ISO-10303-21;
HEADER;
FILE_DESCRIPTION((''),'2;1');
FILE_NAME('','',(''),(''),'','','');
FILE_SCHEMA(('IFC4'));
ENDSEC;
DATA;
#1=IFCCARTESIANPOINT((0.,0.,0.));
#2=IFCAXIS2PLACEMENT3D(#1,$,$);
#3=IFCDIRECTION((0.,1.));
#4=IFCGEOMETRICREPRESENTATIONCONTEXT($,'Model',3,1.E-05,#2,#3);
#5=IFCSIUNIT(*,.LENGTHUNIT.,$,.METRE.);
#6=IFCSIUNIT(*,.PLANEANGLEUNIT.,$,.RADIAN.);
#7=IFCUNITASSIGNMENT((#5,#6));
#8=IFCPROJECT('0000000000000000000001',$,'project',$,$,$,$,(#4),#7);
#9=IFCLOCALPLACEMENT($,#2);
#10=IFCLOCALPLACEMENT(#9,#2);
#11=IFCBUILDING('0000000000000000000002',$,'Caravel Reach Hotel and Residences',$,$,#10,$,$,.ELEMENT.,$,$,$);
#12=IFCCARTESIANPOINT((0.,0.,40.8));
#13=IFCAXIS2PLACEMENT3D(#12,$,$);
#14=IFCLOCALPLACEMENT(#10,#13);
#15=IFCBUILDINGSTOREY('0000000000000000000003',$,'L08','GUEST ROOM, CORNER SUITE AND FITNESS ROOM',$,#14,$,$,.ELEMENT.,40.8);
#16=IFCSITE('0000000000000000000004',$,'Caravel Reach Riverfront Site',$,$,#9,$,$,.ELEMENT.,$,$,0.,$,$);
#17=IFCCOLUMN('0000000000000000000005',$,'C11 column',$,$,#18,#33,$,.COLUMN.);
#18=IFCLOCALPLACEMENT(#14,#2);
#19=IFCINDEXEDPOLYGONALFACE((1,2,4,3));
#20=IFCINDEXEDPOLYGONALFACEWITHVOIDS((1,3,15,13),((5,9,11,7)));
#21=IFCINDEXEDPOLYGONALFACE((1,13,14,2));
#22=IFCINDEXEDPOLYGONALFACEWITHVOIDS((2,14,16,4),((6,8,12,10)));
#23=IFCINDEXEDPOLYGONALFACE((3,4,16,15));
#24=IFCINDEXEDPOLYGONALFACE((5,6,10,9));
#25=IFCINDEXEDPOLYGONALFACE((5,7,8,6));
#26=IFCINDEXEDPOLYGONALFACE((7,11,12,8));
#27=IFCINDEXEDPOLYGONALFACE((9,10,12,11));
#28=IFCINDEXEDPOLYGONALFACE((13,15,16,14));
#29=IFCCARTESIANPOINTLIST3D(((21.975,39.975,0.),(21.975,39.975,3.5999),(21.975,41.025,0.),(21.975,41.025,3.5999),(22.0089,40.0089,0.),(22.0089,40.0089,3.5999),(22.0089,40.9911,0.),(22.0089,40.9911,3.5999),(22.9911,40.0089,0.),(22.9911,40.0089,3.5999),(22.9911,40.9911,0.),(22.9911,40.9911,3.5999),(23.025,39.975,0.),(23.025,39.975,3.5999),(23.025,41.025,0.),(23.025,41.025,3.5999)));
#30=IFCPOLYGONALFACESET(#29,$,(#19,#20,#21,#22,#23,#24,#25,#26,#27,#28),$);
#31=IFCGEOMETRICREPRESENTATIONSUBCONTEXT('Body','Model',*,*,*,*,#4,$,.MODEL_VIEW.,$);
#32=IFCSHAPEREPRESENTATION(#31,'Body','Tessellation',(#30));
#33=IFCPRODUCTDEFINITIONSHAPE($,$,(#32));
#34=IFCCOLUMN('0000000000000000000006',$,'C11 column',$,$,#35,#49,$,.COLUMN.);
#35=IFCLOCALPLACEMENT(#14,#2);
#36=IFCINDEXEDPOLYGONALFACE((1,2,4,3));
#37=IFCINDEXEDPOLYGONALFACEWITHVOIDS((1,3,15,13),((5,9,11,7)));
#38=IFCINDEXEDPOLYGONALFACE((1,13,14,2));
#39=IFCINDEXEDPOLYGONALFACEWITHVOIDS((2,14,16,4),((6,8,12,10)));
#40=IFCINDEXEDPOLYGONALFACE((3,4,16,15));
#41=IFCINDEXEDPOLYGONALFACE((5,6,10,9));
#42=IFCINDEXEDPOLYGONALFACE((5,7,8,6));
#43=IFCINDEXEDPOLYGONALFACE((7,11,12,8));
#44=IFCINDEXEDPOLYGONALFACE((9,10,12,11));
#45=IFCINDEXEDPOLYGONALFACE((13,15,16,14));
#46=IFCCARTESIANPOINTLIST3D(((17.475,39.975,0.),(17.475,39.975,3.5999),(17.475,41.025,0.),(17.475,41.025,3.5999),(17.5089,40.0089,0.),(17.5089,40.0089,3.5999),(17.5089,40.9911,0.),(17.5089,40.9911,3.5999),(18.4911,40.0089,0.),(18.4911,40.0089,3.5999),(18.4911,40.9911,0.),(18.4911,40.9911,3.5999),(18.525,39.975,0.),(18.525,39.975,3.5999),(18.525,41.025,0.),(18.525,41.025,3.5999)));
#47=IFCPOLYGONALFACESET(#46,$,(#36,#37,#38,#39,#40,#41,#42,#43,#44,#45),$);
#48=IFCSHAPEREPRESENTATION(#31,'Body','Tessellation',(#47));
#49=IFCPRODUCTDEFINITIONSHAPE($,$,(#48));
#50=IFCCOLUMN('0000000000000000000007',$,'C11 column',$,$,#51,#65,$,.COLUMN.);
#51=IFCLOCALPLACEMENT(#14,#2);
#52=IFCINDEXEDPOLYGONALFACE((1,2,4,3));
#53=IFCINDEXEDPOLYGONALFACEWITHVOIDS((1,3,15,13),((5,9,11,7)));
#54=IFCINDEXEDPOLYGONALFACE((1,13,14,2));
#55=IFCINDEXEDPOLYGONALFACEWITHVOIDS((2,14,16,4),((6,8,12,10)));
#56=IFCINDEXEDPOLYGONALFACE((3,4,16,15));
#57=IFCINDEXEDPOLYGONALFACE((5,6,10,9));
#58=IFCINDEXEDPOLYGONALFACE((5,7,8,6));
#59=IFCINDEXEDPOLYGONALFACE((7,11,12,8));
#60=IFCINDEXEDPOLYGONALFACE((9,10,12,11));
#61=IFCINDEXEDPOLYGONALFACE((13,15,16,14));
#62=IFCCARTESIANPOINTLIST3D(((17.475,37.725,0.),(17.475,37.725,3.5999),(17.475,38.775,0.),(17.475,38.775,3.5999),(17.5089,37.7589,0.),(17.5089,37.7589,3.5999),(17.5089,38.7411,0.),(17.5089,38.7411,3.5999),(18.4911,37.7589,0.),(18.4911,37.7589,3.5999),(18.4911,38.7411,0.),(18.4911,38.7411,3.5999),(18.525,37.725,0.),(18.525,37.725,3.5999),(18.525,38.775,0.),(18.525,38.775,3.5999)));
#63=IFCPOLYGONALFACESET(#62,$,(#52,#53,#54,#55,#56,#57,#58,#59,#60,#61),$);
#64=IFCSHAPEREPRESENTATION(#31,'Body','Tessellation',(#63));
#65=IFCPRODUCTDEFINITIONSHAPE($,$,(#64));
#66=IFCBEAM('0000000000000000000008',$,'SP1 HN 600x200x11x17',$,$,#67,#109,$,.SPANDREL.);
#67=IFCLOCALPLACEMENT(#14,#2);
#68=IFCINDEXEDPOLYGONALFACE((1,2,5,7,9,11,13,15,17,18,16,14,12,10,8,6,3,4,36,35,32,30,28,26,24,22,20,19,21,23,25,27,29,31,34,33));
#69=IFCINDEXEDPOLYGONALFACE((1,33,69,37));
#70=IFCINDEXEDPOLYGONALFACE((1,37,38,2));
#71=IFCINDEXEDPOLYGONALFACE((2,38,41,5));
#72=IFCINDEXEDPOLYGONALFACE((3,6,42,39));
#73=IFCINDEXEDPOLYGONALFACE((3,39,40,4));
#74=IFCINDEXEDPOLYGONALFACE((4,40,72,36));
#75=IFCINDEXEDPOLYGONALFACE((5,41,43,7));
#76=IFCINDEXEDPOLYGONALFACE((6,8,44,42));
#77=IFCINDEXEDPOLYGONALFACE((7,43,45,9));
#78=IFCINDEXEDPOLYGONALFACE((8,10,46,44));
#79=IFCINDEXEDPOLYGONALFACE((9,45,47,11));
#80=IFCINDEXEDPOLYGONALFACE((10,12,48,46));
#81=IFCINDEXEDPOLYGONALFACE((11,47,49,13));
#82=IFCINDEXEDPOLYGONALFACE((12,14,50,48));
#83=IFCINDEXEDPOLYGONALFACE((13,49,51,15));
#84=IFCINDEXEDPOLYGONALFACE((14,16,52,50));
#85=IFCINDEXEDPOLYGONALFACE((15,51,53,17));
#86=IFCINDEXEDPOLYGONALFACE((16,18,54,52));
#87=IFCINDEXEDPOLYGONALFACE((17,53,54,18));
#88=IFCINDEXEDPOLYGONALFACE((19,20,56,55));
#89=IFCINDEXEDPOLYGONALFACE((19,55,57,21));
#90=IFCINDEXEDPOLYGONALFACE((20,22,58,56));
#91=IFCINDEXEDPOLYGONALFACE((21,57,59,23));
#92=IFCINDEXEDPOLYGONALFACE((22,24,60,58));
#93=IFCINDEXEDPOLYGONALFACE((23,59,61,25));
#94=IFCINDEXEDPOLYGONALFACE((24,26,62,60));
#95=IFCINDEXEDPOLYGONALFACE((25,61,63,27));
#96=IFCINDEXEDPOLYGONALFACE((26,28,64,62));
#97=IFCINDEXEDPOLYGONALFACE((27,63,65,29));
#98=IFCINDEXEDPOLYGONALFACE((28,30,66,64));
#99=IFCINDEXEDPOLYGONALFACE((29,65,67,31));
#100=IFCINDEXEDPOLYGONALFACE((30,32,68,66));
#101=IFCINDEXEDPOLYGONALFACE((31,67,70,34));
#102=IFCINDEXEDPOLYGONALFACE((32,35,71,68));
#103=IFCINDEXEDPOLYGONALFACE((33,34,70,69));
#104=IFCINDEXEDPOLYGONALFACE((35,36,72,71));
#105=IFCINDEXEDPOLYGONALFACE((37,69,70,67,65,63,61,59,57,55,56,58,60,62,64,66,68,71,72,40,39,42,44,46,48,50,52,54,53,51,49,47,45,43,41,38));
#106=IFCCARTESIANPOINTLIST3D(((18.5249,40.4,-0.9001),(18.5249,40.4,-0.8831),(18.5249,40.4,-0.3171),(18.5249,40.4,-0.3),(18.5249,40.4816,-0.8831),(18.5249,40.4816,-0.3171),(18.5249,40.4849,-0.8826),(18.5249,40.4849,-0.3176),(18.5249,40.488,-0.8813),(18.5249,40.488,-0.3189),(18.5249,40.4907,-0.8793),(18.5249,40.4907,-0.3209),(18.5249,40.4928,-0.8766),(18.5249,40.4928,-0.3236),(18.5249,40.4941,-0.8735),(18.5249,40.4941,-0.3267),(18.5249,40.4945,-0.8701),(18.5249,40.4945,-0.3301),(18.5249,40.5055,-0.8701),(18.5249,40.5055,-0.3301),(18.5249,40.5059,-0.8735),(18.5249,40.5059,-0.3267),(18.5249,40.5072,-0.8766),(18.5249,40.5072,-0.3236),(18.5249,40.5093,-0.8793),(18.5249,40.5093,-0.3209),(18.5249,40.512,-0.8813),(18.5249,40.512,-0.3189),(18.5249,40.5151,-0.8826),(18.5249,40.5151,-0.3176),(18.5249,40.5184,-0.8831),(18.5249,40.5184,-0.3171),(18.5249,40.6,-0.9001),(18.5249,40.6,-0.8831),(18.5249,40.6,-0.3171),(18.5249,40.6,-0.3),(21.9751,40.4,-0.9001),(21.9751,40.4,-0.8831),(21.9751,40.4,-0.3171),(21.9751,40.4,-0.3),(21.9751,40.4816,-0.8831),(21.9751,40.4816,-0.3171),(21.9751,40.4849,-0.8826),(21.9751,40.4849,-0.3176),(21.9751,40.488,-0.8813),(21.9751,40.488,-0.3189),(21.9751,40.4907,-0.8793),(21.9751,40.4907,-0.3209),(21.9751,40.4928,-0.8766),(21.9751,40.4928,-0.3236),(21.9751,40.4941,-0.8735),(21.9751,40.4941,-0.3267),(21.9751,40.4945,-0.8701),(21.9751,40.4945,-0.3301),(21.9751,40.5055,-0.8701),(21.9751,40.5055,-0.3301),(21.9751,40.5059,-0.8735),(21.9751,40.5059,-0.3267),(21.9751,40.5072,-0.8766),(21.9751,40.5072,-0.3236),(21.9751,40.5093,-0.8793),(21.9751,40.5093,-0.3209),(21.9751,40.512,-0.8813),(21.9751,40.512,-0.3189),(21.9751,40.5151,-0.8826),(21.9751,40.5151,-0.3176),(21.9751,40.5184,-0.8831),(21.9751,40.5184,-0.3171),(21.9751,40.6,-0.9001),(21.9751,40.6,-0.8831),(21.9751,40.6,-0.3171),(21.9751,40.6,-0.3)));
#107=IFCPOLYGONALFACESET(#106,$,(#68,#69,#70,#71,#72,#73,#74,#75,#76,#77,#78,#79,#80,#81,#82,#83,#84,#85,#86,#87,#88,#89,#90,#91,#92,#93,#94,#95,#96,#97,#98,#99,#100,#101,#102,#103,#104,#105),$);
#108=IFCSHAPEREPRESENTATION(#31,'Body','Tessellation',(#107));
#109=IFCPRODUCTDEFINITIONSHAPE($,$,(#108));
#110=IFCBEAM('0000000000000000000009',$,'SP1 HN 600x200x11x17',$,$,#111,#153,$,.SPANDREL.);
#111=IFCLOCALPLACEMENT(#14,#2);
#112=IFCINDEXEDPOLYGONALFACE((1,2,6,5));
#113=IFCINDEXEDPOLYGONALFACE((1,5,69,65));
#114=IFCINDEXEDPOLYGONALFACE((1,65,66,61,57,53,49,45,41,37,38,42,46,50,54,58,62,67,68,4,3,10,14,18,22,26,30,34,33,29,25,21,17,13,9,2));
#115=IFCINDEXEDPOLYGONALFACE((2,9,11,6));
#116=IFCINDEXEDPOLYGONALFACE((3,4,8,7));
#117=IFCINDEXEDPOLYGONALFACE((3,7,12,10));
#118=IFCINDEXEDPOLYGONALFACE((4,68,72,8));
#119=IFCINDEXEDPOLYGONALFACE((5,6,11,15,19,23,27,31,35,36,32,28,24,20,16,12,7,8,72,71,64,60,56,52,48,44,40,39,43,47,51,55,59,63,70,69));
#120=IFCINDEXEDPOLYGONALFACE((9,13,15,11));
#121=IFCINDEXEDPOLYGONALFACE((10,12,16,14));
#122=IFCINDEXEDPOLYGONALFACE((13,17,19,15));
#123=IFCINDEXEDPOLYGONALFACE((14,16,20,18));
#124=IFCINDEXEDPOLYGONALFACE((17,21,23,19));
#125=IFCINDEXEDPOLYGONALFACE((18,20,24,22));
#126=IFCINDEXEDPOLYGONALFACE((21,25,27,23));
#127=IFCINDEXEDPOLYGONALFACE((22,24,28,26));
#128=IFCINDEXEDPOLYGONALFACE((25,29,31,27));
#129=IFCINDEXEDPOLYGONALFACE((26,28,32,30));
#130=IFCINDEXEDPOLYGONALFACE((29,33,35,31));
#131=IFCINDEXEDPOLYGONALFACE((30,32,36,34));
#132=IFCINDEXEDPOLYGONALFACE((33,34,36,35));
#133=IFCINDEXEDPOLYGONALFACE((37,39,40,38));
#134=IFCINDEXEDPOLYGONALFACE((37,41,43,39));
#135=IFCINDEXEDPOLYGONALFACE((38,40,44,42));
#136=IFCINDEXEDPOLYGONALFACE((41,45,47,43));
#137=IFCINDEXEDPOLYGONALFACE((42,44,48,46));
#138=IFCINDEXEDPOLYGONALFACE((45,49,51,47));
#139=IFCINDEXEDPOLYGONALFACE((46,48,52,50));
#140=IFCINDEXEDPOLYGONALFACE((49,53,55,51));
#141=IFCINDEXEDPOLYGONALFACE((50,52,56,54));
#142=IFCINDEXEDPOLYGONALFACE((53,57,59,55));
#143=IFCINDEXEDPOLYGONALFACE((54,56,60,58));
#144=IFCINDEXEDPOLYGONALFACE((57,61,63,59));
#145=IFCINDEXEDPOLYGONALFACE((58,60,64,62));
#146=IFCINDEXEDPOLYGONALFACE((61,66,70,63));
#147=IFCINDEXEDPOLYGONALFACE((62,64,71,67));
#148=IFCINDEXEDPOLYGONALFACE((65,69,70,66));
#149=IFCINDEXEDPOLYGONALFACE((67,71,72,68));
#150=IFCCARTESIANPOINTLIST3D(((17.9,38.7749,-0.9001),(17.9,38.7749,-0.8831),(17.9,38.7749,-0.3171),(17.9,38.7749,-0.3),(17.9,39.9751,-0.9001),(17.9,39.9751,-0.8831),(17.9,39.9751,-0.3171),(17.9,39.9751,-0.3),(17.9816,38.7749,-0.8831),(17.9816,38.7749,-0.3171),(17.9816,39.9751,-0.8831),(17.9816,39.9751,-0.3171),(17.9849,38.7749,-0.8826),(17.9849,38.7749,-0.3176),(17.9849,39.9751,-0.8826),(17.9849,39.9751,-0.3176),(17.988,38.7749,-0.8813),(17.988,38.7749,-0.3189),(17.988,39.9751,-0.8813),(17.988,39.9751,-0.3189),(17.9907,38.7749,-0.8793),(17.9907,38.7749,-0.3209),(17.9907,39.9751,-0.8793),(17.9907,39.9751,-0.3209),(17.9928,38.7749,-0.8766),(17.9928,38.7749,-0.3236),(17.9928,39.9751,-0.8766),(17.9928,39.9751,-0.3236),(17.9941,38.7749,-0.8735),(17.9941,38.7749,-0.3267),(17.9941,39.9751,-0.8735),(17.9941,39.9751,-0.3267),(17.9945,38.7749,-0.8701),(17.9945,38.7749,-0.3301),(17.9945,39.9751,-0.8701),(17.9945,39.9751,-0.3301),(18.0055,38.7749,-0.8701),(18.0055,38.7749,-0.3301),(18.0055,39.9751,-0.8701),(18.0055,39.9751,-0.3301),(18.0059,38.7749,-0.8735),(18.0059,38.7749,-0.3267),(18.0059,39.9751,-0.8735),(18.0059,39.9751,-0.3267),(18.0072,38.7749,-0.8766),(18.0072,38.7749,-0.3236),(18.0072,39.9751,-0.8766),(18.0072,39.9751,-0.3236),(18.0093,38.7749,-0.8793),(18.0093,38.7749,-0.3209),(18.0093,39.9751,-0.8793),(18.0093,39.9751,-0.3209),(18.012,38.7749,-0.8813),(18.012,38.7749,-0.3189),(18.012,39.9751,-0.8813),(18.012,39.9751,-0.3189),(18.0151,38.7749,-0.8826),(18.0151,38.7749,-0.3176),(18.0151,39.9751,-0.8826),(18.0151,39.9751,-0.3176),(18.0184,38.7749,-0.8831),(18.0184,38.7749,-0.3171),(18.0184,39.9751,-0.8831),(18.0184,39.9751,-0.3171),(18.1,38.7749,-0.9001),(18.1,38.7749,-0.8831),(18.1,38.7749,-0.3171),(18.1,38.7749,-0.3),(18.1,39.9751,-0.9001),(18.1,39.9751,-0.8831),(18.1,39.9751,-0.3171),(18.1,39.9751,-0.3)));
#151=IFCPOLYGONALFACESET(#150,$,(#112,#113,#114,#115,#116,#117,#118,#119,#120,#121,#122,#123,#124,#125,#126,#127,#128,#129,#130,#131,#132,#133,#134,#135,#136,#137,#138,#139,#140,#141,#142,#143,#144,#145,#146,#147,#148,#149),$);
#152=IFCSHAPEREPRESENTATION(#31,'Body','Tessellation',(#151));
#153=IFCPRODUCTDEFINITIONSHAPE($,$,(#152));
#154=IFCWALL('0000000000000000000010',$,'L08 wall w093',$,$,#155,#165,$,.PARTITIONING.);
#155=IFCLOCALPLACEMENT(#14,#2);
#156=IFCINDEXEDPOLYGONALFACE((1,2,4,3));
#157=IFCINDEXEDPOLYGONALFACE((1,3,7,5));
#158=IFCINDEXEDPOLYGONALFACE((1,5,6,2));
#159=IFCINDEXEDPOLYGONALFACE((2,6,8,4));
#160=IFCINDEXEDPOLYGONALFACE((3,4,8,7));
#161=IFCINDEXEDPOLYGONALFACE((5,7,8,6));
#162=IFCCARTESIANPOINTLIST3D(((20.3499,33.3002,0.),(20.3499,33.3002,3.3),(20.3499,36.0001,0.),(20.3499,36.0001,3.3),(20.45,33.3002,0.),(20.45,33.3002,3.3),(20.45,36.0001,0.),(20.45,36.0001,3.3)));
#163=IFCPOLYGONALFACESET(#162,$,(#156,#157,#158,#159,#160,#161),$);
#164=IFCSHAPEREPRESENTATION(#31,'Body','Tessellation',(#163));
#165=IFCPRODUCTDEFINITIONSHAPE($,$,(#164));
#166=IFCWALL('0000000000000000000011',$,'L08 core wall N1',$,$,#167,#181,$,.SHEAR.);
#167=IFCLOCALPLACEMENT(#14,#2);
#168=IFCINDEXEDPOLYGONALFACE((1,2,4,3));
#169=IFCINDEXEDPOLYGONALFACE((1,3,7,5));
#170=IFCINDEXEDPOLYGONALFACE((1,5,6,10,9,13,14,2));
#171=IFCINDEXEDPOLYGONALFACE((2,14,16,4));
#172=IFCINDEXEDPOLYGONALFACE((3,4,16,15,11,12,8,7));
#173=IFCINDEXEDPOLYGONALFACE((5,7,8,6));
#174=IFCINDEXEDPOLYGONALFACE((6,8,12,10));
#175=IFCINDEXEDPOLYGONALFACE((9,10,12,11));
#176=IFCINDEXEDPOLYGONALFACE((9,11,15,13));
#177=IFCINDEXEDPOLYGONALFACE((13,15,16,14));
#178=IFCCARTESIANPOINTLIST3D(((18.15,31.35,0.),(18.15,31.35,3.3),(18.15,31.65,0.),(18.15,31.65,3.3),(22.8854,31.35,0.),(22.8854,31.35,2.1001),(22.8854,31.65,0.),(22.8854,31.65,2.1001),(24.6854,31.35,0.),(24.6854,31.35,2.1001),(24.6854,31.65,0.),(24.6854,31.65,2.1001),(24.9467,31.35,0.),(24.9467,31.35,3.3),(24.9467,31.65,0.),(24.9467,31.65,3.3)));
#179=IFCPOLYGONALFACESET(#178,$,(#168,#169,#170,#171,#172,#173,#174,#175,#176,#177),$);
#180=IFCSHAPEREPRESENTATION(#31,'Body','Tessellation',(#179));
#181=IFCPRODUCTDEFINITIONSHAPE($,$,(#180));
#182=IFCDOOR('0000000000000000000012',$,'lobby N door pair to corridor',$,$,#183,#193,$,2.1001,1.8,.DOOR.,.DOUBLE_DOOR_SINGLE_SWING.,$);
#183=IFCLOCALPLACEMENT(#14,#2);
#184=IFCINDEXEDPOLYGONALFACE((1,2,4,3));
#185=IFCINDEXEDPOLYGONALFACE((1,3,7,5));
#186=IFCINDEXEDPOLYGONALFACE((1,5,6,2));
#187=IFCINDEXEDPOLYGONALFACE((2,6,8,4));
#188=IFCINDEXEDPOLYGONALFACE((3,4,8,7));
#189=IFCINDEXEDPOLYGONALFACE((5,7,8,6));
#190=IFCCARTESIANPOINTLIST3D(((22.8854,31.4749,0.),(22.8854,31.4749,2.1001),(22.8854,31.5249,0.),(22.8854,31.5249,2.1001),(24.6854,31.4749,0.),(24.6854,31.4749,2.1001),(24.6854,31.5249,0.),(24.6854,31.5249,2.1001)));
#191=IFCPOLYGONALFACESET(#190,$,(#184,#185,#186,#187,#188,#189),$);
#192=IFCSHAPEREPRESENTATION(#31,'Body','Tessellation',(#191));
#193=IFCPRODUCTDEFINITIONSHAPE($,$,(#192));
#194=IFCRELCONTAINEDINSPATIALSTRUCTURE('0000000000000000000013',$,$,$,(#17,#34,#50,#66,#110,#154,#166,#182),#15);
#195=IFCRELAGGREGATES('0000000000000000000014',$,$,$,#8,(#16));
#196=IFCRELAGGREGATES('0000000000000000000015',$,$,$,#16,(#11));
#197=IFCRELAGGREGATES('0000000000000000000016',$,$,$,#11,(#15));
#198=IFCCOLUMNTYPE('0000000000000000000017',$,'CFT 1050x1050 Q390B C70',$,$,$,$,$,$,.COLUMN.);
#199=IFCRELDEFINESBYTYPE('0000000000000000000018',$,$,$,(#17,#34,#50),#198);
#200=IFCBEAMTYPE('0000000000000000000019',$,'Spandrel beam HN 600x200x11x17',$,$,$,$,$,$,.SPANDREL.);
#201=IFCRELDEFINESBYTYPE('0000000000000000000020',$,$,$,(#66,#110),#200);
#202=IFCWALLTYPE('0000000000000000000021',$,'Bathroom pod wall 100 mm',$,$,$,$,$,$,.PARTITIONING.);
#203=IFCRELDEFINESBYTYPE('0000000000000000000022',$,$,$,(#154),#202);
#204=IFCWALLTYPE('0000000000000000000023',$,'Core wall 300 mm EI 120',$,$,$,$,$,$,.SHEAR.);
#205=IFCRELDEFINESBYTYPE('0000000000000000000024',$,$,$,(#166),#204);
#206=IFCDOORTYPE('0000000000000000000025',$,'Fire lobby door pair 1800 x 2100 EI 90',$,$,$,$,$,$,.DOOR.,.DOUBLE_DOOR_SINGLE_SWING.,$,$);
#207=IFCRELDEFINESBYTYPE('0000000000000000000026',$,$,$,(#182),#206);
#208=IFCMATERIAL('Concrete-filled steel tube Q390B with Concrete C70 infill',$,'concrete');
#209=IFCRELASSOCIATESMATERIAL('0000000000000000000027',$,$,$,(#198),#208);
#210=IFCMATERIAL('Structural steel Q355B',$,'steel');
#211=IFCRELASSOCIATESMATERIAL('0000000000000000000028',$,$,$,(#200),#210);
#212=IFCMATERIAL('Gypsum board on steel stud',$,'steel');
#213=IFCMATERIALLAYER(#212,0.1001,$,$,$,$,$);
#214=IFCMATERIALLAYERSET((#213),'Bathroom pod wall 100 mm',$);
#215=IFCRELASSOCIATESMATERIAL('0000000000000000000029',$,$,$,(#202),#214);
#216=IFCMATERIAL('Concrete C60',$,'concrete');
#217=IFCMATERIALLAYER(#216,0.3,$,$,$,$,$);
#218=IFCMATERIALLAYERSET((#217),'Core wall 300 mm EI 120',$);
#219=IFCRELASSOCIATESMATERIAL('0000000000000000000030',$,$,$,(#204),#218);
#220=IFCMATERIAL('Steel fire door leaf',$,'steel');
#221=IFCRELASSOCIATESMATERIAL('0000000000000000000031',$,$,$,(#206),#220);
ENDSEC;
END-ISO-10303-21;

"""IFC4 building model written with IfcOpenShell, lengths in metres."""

from ifc_helpers import new_model, si_unit, direction, frame, frame_2d, origin, origin_2d, place, context, subcontext, project, spatial, rectangle, hollow_rectangle, i_section, extrude, material, layer, layer_set, material_profile, profile_set, type_object, element, fill, save


model = new_model("IFC4")

# Units and contexts
model_context = context("Model", 3, precision=1e-05, world=origin(), true_north=direction((0.0, 1.0)))
body_context = subcontext(model_context, "Body", "Model", "MODEL_VIEW")
ifc_project = project(units=[si_unit("LENGTHUNIT", "METRE"), si_unit("PLANEANGLEUNIT", "RADIAN")], contexts=[model_context])

# Site, building, storey
site_placement = place(None, origin())
site = spatial("IfcSite", under=ifc_project, at=site_placement, Name="Caravel Reach Riverfront Site", CompositionType="ELEMENT", RefElevation=0.0)
building_placement = place(site_placement, origin())
building = spatial("IfcBuilding", under=site, at=building_placement, Name="Caravel Reach Hotel and Residences", CompositionType="ELEMENT")
storey_placement = place(building_placement, frame((0.0, 0.0, 40.8)))
storey = spatial("IfcBuildingStorey", under=building, at=storey_placement, Name="L08", Description="GUEST ROOM, CORNER SUITE AND FITNESS ROOM", CompositionType="ELEMENT", Elevation=40.8)

# Columns
ifc_material_1 = material(Name="Concrete-filled steel tube Q390B with Concrete C70 infill", Category="concrete")
ifc_material_profile_1 = material_profile(ifc_material_1, hollow_rectangle(XDim=1.05, YDim=1.05, WallThickness=0.0339, at=origin_2d()), Name="RHS 1050x1050x34")
ifc_profile_set_1 = profile_set([ifc_material_profile_1], Name="Concrete-filled steel tube Q390B with Concrete C70 infill")
column_type = type_object("IfcColumnType", Name="CFT 1050x1050 Q390B C70", PredefinedType="COLUMN", material=ifc_profile_set_1)
for number, where, z_axis, x_axis, name in (
    (1, (22.5, 40.5, 0.0), (0.0, 0.0, 1.0), (1.0, 0.0, 0.0), "C11 column"),
    (2, (18.0, 40.5, 0.0), (0.0, 0.0, 1.0), (1.0, 0.0, 0.0), "C11 column"),
    (3, (18.0, 38.25, 0.0), (0.0, 0.0, 1.0), (1.0, 0.0, 0.0), "C11 column"),
):
    element("IfcColumn", number, at=place(storey_placement, frame(where, z_axis=z_axis, x_axis=x_axis)), inside=storey, type_object=column_type, Name=name, PredefinedType="COLUMN", context=body_context, shape_type="SweptSolid", body=[
        extrude(hollow_rectangle(XDim=1.05, YDim=1.05, WallThickness=0.0339, at=origin_2d()), origin(), (0.0, 0.0, 1.0), 3.5999),
    ])

# Beams
ifc_material_2 = material(Name="Structural steel Q355B", Category="steel")
ifc_material_profile_2 = material_profile(ifc_material_2, i_section(OverallWidth=0.2, OverallDepth=0.6001, WebThickness=0.011, FlangeThickness=0.0171, FilletRadius=0.0129, at=origin_2d()), Name="HN 600x200x11x17")
ifc_profile_set_2 = profile_set([ifc_material_profile_2], Name="Structural steel Q355B")
beam_type = type_object("IfcBeamType", Name="Spandrel beam HN 600x200x11x17", PredefinedType="SPANDREL", material=ifc_profile_set_2)
beam_1_placement = place(storey_placement, frame((21.9751, 40.5, -0.6001), z_axis=(-1.0, 0.0, 0.0), x_axis=(0.0, -1.0, 0.0)))
element("IfcBeam", 4, at=beam_1_placement, inside=storey, type_object=beam_type, Name="SP1 HN 600x200x11x17", PredefinedType="SPANDREL", context=body_context, shape_type="SweptSolid", body=[
    extrude(i_section(OverallWidth=0.2, OverallDepth=0.6001, WebThickness=0.011, FlangeThickness=0.0171, FilletRadius=0.0129, at=origin_2d()), origin(), (0.0, 0.0, 1.0), 3.4502),
])
beam_2_placement = place(storey_placement, frame((18.0, 39.9751, -0.6001), z_axis=(0.0, -1.0, 0.0), x_axis=(1.0, 0.0, 0.0)))
element("IfcBeam", 5, at=beam_2_placement, inside=storey, type_object=beam_type, Name="SP1 HN 600x200x11x17", PredefinedType="SPANDREL", context=body_context, shape_type="SweptSolid", body=[
    extrude(i_section(OverallWidth=0.2, OverallDepth=0.6001, WebThickness=0.011, FlangeThickness=0.0171, FilletRadius=0.0129, at=origin_2d()), origin(), (0.0, 0.0, 1.0), 1.2002),
])

# Wall
ifc_material_3 = material(Name="Gypsum board on steel stud", Category="steel")
ifc_layer_1 = layer(ifc_material_3, 0.1001)
ifc_layer_set_1 = layer_set([ifc_layer_1], Name="Bathroom pod wall 100 mm")
wall_type_1 = type_object("IfcWallType", Name="Bathroom pod wall 100 mm", PredefinedType="PARTITIONING", material=ifc_layer_set_1)
wall_1_placement = place(storey_placement, frame((20.3999, 33.3, 0.0), z_axis=(0.0, 0.0, 1.0), x_axis=(0.0, 1.0, 0.0)))
element("IfcWall", 6, at=wall_1_placement, inside=storey, type_object=wall_type_1, Name="L08 wall w093", PredefinedType="PARTITIONING", context=body_context, shape_type="SweptSolid", body=[
    extrude(rectangle(XDim=2.7, YDim=0.1001, at=frame_2d((1.3501, 0.0))), origin(), (0.0, 0.0, 1.0), 3.3),
])

# Wall, opening, door
ifc_material_4 = material(Name="Concrete C60", Category="concrete")
ifc_layer_2 = layer(ifc_material_4, 0.3)
ifc_layer_set_2 = layer_set([ifc_layer_2], Name="Core wall 300 mm EI 120")
wall_type_2 = type_object("IfcWallType", Name="Core wall 300 mm EI 120", PredefinedType="SHEAR", material=ifc_layer_set_2)
wall_2_placement = place(storey_placement, frame((18.1499, 31.5, 0.0), z_axis=(0.0, 0.0, 1.0), x_axis=(1.0, 0.0, 0.0)))
wall_2 = element("IfcWall", 7, at=wall_2_placement, inside=storey, type_object=wall_type_2, Name="L08 core wall N1", PredefinedType="SHEAR", context=body_context, shape_type="SweptSolid", body=[
    extrude(rectangle(XDim=6.7966, YDim=0.3, at=frame_2d((3.3984, 0.0))), origin(), (0.0, 0.0, 1.0), 3.3),
])
opening_1_placement = place(wall_2_placement, frame((4.7356, 0.0, 0.0)))
opening_1 = element("IfcOpeningElement", 8, at=opening_1_placement, cuts=wall_2, PredefinedType="OPENING", context=body_context, shape_type="SweptSolid", body=[
    extrude(rectangle(XDim=1.8, YDim=2.1001, at=frame_2d((0.8999, 1.05))), frame((0.0, 0.1599, 0.0), z_axis=(0.0, -1.0, 0.0), x_axis=(1.0, 0.0, 0.0)), (0.0, 0.0, 1.0), 0.3201),
])
ifc_material_5 = material(Name="Steel fire door leaf", Category="steel")
door_type_1 = type_object("IfcDoorType", Name="Fire lobby door pair 1800 x 2100 EI 90", OperationType="DOUBLE_DOOR_SINGLE_SWING", PredefinedType="DOOR", material=ifc_material_5)
door_1_placement = place(opening_1_placement, origin())
door_1 = element("IfcDoor", 9, at=door_1_placement, inside=storey, type_object=door_type_1, Name="lobby N door pair to corridor", OperationType="DOUBLE_DOOR_SINGLE_SWING", OverallHeight=2.1001, OverallWidth=1.8, PredefinedType="DOOR", context=body_context, shape_type="SweptSolid", body=[
    extrude(rectangle(XDim=1.8, YDim=2.1001, at=frame_2d((0.8999, 1.05))), frame((0.0, 0.0249, 0.0), z_axis=(0.0, -1.0, 0.0), x_axis=(1.0, 0.0, 0.0)), (0.0, 0.0, 1.0), 0.05),
])
fill(opening_1, door_1)

save(model, "model.ifc")
